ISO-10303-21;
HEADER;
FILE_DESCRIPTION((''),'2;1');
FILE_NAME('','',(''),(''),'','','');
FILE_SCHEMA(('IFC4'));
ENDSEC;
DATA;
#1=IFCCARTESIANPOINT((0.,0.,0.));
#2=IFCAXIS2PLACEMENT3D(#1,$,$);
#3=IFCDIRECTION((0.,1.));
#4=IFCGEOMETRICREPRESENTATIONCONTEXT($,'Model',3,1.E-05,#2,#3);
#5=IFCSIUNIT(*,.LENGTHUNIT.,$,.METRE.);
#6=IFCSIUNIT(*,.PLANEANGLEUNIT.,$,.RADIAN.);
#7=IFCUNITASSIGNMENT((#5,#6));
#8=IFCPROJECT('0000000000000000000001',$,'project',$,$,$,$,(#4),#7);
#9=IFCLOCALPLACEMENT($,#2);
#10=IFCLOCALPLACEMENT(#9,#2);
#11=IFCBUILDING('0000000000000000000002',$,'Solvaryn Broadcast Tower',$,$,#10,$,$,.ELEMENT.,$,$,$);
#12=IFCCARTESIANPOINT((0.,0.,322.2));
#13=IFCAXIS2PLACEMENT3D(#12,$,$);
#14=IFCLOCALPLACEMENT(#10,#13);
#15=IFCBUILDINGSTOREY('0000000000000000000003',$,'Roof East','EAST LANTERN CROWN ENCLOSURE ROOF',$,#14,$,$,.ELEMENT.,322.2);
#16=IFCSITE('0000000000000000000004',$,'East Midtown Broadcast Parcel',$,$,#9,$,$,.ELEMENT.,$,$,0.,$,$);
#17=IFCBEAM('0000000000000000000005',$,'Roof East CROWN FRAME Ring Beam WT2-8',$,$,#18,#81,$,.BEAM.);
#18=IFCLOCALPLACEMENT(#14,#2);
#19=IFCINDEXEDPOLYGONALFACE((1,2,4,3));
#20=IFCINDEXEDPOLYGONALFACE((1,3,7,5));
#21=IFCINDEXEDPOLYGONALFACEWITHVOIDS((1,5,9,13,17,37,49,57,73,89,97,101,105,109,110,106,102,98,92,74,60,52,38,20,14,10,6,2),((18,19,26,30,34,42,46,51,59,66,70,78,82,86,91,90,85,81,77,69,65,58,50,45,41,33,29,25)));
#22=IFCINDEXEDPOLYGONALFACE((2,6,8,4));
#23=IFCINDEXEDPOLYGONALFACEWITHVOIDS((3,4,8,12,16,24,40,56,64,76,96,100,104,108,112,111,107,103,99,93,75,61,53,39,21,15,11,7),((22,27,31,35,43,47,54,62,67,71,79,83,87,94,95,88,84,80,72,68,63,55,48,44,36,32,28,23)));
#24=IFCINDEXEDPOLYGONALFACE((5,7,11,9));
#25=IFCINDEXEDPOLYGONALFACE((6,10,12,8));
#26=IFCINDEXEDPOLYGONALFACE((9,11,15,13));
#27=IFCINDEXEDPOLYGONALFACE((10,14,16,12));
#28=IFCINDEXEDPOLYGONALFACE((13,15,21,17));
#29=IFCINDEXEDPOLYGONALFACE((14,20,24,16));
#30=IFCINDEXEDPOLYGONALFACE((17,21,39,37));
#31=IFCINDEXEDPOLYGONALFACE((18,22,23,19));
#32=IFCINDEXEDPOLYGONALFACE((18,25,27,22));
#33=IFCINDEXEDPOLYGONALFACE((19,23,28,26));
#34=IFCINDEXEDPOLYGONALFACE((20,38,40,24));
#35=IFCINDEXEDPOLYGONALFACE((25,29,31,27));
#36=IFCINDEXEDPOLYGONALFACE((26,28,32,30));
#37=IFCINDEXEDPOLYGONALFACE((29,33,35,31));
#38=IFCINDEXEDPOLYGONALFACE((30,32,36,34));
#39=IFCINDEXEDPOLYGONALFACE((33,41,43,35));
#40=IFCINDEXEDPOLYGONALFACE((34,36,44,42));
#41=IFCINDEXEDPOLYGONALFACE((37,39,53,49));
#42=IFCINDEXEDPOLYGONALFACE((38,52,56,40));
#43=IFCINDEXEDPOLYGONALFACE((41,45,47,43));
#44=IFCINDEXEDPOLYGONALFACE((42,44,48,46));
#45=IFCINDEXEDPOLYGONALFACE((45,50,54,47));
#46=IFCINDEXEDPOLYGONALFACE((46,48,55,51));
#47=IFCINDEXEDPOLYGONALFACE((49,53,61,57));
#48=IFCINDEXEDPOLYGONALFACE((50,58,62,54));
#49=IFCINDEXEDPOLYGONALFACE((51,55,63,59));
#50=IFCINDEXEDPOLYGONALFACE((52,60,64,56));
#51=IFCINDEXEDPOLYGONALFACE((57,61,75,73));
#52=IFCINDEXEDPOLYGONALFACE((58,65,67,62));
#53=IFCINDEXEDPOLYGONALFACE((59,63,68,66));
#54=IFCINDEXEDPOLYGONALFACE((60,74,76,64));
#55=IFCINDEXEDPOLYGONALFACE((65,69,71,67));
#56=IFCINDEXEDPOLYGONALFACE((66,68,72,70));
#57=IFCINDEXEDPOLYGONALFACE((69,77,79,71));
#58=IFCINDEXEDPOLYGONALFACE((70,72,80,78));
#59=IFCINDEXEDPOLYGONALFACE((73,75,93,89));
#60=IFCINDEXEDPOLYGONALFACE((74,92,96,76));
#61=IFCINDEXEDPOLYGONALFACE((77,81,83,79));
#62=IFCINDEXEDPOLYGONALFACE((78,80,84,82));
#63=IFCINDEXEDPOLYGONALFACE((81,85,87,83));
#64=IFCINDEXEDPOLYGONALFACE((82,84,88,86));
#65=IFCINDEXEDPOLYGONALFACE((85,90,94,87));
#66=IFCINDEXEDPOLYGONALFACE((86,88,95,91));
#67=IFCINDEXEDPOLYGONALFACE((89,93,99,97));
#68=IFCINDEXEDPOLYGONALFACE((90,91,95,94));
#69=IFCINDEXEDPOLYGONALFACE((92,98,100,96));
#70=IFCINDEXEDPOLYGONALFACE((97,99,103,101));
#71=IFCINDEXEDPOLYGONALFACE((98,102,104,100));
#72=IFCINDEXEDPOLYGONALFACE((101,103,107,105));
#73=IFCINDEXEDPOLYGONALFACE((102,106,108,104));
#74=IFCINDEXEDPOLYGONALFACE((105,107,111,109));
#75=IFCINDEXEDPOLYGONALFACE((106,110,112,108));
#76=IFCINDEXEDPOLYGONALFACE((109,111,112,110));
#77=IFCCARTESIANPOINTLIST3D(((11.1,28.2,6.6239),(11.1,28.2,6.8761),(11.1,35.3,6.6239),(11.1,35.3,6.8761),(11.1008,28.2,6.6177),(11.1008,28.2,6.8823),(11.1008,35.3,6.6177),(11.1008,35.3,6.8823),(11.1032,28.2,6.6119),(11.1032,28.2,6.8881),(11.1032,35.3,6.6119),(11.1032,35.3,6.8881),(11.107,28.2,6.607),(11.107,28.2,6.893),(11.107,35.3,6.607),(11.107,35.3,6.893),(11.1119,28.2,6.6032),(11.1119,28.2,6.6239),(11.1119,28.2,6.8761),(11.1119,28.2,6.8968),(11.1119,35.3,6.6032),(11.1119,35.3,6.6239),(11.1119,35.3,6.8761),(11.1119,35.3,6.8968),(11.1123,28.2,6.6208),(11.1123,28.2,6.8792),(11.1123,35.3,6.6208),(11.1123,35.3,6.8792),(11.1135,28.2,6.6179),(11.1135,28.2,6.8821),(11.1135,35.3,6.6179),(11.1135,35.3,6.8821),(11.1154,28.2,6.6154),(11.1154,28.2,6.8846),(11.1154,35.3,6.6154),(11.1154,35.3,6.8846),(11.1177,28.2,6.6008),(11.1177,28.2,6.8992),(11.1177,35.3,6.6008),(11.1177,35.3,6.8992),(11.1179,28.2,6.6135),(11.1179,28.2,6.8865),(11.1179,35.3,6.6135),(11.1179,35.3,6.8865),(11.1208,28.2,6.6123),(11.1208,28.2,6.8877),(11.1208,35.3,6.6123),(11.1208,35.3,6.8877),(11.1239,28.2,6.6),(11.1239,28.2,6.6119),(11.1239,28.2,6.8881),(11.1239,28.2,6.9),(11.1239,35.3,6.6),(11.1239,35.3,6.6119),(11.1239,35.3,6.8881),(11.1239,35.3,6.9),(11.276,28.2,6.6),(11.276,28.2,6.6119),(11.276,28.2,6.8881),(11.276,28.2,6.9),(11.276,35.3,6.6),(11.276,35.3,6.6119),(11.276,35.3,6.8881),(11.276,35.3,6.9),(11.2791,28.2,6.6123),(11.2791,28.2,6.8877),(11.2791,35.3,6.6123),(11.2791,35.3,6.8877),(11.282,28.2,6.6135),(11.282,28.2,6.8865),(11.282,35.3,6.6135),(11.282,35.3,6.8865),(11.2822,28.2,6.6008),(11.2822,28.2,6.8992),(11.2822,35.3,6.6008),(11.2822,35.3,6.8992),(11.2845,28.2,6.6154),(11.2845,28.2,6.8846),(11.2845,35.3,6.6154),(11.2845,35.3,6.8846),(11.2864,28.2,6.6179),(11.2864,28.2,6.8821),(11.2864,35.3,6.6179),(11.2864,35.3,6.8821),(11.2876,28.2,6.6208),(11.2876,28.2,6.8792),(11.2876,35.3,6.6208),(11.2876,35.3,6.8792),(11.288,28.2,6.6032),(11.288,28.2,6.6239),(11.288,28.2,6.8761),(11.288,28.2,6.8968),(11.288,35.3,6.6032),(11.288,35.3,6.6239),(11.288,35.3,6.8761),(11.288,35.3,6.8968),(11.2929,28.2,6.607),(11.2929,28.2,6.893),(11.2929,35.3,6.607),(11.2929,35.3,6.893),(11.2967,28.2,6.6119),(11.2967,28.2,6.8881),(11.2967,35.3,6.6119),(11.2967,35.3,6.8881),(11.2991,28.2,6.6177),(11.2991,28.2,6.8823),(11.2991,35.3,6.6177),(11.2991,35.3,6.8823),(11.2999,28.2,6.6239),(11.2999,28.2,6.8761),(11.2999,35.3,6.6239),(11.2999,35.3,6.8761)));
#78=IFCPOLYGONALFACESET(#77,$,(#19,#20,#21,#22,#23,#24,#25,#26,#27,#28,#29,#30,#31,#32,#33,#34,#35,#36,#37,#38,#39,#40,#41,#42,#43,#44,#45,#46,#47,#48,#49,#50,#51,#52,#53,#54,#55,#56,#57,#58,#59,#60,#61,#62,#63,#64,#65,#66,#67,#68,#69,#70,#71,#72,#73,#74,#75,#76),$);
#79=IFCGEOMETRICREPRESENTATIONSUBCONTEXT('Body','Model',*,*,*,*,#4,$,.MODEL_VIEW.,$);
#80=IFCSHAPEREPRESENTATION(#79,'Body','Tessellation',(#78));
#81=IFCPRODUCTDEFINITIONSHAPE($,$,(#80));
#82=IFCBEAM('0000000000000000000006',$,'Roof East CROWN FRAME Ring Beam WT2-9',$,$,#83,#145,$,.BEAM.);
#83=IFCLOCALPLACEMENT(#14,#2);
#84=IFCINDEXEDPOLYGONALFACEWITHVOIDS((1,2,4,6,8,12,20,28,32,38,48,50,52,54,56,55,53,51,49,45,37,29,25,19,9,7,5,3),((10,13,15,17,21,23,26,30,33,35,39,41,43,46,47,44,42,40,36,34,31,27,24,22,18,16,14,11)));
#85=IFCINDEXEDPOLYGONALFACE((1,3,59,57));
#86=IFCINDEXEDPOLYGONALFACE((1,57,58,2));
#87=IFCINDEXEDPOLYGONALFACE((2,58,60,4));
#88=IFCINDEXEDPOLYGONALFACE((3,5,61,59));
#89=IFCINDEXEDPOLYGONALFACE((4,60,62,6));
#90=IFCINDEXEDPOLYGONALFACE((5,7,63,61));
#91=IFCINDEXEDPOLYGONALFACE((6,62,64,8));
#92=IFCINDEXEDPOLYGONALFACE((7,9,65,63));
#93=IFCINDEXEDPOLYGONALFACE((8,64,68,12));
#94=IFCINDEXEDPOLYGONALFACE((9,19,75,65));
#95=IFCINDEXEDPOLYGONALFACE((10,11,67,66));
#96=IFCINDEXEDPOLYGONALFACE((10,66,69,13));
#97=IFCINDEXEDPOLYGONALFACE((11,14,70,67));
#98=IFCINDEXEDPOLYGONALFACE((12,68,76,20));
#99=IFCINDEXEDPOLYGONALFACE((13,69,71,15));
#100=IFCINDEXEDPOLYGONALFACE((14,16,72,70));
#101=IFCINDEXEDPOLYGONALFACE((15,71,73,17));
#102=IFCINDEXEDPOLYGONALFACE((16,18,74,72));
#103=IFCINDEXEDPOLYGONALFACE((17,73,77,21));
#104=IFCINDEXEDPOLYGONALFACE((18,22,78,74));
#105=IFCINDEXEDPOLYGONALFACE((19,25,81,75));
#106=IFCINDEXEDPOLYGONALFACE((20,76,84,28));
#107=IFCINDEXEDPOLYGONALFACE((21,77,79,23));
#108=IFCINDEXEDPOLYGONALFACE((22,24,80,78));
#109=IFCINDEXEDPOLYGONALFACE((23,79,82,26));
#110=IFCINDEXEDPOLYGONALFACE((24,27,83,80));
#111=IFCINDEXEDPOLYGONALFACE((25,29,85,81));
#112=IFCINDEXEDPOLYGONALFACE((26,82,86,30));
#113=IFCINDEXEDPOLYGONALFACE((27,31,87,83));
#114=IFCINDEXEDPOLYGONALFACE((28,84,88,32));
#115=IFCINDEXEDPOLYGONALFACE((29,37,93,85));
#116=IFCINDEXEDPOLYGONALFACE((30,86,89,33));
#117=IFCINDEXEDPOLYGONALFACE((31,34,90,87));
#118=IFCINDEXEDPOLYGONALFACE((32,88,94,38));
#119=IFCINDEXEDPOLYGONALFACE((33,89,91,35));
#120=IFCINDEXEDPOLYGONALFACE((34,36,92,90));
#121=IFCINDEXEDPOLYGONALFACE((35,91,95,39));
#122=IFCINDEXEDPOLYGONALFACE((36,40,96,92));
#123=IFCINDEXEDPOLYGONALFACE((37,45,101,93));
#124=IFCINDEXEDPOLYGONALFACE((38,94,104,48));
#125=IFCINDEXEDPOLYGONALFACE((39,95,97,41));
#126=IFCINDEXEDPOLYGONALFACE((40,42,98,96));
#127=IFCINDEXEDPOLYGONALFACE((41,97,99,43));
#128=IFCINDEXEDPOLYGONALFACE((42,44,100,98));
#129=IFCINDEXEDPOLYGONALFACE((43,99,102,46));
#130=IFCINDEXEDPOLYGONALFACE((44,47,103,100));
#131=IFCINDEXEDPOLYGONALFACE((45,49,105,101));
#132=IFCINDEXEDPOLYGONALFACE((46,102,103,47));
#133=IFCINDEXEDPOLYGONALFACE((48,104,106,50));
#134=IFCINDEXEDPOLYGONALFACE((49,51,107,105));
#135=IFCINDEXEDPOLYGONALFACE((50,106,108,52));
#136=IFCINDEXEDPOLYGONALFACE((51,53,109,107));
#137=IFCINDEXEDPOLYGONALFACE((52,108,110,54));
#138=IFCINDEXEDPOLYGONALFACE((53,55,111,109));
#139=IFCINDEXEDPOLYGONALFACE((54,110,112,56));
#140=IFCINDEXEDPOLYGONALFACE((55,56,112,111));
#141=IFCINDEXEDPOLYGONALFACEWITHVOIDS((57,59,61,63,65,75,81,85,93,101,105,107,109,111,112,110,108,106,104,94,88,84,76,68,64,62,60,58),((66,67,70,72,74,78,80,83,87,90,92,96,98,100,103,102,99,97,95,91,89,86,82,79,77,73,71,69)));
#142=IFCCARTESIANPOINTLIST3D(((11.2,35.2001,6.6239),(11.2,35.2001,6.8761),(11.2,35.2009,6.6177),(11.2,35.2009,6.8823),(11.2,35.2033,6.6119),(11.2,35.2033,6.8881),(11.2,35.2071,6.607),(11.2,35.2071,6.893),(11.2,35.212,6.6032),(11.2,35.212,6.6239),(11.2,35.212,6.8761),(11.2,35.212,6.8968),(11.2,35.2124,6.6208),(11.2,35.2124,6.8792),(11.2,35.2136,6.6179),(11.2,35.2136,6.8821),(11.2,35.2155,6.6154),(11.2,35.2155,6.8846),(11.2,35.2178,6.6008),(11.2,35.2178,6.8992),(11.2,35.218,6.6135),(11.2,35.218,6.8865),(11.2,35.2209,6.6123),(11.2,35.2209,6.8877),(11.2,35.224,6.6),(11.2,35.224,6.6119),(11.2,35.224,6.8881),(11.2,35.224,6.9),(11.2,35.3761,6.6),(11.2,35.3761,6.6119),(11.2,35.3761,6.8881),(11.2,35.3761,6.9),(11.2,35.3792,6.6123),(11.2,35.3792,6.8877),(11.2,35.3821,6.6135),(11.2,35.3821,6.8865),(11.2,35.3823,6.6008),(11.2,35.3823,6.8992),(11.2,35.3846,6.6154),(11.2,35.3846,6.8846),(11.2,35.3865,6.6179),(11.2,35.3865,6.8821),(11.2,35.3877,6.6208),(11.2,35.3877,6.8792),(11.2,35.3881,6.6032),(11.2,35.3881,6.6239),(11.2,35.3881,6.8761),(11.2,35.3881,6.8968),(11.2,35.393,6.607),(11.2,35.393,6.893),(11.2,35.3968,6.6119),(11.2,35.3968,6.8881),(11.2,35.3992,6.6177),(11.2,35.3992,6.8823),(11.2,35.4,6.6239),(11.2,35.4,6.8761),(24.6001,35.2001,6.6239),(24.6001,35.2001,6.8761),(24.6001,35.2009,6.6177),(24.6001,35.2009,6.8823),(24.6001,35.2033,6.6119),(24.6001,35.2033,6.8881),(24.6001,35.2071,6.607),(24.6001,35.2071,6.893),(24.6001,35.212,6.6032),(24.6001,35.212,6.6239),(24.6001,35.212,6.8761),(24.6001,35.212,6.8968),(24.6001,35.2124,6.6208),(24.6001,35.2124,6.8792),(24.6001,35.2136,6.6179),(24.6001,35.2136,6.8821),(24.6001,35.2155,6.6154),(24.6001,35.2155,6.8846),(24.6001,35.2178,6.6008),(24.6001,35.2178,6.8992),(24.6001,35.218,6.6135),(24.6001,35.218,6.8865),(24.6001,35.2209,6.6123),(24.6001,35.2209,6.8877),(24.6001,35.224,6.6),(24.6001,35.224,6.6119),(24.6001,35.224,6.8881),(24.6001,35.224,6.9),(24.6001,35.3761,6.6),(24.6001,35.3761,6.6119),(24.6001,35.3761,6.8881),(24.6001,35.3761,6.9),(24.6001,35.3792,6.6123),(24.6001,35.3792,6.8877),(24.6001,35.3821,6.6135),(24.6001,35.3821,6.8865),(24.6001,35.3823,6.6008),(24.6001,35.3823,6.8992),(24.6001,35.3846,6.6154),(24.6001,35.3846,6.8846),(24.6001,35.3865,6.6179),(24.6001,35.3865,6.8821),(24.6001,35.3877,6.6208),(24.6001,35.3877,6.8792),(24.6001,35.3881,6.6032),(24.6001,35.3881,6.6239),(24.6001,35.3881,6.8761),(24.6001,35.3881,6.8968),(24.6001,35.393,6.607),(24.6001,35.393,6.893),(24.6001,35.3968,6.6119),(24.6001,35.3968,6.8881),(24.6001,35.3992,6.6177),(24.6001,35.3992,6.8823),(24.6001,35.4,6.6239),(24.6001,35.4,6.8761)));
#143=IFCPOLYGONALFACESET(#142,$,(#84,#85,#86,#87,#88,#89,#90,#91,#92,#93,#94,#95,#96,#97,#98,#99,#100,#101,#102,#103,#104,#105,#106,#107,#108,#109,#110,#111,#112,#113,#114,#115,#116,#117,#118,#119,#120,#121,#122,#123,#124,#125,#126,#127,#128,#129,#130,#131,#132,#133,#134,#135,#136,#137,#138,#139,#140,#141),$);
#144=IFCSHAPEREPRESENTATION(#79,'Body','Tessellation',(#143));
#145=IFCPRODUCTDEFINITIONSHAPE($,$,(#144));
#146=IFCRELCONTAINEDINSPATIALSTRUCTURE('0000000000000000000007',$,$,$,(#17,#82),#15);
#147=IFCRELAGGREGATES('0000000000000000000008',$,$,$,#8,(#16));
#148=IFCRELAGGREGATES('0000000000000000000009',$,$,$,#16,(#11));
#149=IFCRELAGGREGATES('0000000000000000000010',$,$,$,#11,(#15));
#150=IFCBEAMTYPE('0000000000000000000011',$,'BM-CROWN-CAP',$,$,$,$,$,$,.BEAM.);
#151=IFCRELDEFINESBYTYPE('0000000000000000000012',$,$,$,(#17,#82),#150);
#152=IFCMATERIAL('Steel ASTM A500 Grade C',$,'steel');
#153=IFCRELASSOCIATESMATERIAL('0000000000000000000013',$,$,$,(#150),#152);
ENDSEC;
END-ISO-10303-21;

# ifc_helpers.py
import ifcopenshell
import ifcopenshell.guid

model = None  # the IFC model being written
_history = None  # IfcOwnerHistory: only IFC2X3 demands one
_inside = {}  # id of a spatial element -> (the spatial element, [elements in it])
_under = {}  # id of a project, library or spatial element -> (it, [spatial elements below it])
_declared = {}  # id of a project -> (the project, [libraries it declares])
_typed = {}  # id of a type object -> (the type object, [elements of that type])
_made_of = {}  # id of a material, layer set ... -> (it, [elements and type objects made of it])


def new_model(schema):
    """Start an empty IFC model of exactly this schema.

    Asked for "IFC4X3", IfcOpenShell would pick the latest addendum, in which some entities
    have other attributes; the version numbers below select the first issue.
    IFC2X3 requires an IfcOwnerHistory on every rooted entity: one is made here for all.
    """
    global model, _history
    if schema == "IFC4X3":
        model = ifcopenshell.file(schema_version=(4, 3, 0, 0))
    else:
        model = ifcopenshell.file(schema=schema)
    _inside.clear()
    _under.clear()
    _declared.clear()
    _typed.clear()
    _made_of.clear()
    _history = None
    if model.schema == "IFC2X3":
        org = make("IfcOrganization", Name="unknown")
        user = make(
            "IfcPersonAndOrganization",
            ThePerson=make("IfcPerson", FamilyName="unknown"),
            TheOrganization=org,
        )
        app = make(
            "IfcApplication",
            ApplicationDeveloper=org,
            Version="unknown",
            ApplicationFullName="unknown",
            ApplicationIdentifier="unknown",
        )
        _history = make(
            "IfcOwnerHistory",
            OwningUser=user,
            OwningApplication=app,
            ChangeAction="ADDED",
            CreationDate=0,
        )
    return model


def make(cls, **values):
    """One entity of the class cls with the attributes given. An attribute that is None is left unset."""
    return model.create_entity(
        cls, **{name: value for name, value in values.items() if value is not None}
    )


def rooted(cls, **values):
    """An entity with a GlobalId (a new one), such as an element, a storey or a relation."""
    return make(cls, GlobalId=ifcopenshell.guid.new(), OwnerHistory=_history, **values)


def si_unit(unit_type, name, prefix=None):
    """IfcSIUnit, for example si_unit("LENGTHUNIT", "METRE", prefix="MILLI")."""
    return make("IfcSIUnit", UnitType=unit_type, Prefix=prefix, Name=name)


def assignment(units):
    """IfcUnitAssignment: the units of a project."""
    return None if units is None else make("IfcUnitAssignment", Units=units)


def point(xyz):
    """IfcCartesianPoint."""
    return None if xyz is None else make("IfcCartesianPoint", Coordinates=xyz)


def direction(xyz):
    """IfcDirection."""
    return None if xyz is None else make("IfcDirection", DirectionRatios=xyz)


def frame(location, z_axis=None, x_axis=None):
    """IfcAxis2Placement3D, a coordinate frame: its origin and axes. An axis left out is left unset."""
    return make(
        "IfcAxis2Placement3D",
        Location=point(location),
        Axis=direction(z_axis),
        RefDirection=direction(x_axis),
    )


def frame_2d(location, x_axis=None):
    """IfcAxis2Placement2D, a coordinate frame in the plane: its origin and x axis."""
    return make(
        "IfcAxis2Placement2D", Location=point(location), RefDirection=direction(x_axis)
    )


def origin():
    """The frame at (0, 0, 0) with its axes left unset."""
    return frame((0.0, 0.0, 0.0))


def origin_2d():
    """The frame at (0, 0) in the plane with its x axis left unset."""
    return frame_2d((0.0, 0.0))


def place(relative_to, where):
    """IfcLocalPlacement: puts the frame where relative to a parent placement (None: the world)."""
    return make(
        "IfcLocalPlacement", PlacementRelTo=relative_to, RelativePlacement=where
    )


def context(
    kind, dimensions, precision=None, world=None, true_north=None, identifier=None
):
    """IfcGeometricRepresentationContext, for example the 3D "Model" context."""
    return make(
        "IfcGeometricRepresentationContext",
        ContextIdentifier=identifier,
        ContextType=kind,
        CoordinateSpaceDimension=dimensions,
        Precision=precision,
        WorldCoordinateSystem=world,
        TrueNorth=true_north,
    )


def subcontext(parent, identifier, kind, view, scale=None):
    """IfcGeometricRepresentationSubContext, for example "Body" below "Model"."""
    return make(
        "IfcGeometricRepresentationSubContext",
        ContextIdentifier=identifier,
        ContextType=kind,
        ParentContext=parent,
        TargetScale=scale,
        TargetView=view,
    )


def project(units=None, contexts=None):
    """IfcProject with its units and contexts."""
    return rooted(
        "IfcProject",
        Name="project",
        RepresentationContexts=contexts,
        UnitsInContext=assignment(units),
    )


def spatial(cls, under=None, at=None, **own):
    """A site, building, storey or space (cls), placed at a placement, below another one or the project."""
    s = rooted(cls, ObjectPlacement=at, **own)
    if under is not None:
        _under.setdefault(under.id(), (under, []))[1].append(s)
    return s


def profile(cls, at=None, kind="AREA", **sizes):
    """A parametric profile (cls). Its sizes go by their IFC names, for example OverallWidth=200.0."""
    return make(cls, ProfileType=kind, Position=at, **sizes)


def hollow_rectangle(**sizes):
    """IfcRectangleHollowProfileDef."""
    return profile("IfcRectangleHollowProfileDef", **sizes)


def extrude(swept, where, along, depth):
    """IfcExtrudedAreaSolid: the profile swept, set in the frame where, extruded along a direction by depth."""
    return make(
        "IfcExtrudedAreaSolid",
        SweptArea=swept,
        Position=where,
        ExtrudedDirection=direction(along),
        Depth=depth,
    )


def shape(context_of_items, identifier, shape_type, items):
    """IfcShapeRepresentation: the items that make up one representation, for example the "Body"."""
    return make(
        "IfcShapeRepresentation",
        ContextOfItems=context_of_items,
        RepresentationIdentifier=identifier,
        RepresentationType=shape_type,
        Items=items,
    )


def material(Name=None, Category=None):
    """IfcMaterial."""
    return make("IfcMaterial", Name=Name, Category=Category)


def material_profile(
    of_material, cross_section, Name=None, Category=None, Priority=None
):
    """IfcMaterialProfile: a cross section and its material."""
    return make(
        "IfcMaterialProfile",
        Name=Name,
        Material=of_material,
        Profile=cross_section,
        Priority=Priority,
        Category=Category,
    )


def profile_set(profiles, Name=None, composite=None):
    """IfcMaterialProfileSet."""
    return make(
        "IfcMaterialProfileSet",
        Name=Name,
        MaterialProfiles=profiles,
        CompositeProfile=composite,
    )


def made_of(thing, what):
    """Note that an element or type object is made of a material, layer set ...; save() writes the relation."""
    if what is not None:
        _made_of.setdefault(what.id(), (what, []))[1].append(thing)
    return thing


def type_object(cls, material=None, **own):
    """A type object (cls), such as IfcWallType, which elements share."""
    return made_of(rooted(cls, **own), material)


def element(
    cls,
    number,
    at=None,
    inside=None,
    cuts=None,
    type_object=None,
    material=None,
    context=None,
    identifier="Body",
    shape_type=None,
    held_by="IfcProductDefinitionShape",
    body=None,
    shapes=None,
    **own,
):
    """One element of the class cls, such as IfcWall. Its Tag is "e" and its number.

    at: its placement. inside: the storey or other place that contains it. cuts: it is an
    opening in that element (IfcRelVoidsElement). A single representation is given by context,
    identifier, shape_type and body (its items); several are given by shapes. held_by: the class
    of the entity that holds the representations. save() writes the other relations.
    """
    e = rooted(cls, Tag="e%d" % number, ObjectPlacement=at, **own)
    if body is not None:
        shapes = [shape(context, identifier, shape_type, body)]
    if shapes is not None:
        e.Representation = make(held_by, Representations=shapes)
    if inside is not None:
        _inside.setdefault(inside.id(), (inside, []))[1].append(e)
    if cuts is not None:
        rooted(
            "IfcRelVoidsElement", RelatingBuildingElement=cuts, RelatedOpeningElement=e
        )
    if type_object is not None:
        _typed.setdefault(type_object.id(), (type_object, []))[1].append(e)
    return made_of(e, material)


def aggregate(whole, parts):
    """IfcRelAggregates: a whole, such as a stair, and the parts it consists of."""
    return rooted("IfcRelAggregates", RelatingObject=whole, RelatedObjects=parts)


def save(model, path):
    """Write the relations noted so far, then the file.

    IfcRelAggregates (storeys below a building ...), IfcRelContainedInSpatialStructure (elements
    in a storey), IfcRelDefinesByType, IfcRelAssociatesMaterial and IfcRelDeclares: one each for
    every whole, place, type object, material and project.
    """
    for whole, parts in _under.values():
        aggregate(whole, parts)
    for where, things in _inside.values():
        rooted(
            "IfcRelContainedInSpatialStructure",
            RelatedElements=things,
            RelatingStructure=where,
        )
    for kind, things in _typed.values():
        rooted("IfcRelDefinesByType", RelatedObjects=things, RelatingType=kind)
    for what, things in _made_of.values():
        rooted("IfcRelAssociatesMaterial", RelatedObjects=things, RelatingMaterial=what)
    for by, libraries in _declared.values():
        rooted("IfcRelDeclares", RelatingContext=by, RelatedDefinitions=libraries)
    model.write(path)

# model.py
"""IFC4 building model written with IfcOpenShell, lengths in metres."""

from ifc_helpers import new_model, si_unit, direction, frame, origin, origin_2d, place, context, subcontext, project, spatial, hollow_rectangle, extrude, material, material_profile, profile_set, type_object, element, save


model = new_model("IFC4")

# Units and contexts
model_context = context("Model", 3, precision=1e-05, world=origin(), true_north=direction((0.0, 1.0)))
body_context = subcontext(model_context, "Body", "Model", "MODEL_VIEW")
ifc_project = project(units=[si_unit("LENGTHUNIT", "METRE"), si_unit("PLANEANGLEUNIT", "RADIAN")], contexts=[model_context])

# Site, building, storey
site_placement = place(None, origin())
site = spatial("IfcSite", under=ifc_project, at=site_placement, Name="East Midtown Broadcast Parcel", CompositionType="ELEMENT", RefElevation=0.0)
building_placement = place(site_placement, origin())
building = spatial("IfcBuilding", under=site, at=building_placement, Name="Solvaryn Broadcast Tower", CompositionType="ELEMENT")
storey_placement = place(building_placement, frame((0.0, 0.0, 322.2)))
storey = spatial("IfcBuildingStorey", under=building, at=storey_placement, Name="Roof East", Description="EAST LANTERN CROWN ENCLOSURE ROOF", CompositionType="ELEMENT", Elevation=322.2)

# Beams
ifc_material_1 = material(Name="Steel ASTM A500 Grade C", Category="steel")
ifc_material_profile_1 = material_profile(ifc_material_1, hollow_rectangle(XDim=0.2, YDim=0.3, WallThickness=0.012, InnerFilletRadius=0.012, OuterFilletRadius=0.0239, at=origin_2d()))
ifc_profile_set_1 = profile_set([ifc_material_profile_1], Name="Steel ASTM A500 Grade C")
beam_type_1 = type_object("IfcBeamType", Name="BM-CROWN-CAP", PredefinedType="BEAM", material=ifc_profile_set_1)
beam_1_placement = place(storey_placement, frame((11.2, 35.3, 6.75), z_axis=(0.0, -1.0, 0.0), x_axis=(1.0, 0.0, 0.0)))
element("IfcBeam", 1, at=beam_1_placement, inside=storey, type_object=beam_type_1, Name="Roof East CROWN FRAME Ring Beam WT2-8", PredefinedType="BEAM", context=body_context, shape_type="SweptSolid", body=[
    extrude(hollow_rectangle(XDim=0.2, YDim=0.3, WallThickness=0.012, InnerFilletRadius=0.012, OuterFilletRadius=0.0239, at=origin_2d()), origin(), (0.0, 0.0, 1.0), 7.1001),
])
beam_2_placement = place(storey_placement, frame((11.2, 35.3, 6.75), z_axis=(1.0, 0.0, 0.0), x_axis=(0.0, 1.0, 0.0)))
element("IfcBeam", 2, at=beam_2_placement, inside=storey, type_object=beam_type_1, Name="Roof East CROWN FRAME Ring Beam WT2-9", PredefinedType="BEAM", context=body_context, shape_type="SweptSolid", body=[
    extrude(hollow_rectangle(XDim=0.2, YDim=0.3, WallThickness=0.012, InnerFilletRadius=0.012, OuterFilletRadius=0.0239, at=origin_2d()), origin(), (0.0, 0.0, 1.0), 13.4001),
])

save(model, "model.ifc")
